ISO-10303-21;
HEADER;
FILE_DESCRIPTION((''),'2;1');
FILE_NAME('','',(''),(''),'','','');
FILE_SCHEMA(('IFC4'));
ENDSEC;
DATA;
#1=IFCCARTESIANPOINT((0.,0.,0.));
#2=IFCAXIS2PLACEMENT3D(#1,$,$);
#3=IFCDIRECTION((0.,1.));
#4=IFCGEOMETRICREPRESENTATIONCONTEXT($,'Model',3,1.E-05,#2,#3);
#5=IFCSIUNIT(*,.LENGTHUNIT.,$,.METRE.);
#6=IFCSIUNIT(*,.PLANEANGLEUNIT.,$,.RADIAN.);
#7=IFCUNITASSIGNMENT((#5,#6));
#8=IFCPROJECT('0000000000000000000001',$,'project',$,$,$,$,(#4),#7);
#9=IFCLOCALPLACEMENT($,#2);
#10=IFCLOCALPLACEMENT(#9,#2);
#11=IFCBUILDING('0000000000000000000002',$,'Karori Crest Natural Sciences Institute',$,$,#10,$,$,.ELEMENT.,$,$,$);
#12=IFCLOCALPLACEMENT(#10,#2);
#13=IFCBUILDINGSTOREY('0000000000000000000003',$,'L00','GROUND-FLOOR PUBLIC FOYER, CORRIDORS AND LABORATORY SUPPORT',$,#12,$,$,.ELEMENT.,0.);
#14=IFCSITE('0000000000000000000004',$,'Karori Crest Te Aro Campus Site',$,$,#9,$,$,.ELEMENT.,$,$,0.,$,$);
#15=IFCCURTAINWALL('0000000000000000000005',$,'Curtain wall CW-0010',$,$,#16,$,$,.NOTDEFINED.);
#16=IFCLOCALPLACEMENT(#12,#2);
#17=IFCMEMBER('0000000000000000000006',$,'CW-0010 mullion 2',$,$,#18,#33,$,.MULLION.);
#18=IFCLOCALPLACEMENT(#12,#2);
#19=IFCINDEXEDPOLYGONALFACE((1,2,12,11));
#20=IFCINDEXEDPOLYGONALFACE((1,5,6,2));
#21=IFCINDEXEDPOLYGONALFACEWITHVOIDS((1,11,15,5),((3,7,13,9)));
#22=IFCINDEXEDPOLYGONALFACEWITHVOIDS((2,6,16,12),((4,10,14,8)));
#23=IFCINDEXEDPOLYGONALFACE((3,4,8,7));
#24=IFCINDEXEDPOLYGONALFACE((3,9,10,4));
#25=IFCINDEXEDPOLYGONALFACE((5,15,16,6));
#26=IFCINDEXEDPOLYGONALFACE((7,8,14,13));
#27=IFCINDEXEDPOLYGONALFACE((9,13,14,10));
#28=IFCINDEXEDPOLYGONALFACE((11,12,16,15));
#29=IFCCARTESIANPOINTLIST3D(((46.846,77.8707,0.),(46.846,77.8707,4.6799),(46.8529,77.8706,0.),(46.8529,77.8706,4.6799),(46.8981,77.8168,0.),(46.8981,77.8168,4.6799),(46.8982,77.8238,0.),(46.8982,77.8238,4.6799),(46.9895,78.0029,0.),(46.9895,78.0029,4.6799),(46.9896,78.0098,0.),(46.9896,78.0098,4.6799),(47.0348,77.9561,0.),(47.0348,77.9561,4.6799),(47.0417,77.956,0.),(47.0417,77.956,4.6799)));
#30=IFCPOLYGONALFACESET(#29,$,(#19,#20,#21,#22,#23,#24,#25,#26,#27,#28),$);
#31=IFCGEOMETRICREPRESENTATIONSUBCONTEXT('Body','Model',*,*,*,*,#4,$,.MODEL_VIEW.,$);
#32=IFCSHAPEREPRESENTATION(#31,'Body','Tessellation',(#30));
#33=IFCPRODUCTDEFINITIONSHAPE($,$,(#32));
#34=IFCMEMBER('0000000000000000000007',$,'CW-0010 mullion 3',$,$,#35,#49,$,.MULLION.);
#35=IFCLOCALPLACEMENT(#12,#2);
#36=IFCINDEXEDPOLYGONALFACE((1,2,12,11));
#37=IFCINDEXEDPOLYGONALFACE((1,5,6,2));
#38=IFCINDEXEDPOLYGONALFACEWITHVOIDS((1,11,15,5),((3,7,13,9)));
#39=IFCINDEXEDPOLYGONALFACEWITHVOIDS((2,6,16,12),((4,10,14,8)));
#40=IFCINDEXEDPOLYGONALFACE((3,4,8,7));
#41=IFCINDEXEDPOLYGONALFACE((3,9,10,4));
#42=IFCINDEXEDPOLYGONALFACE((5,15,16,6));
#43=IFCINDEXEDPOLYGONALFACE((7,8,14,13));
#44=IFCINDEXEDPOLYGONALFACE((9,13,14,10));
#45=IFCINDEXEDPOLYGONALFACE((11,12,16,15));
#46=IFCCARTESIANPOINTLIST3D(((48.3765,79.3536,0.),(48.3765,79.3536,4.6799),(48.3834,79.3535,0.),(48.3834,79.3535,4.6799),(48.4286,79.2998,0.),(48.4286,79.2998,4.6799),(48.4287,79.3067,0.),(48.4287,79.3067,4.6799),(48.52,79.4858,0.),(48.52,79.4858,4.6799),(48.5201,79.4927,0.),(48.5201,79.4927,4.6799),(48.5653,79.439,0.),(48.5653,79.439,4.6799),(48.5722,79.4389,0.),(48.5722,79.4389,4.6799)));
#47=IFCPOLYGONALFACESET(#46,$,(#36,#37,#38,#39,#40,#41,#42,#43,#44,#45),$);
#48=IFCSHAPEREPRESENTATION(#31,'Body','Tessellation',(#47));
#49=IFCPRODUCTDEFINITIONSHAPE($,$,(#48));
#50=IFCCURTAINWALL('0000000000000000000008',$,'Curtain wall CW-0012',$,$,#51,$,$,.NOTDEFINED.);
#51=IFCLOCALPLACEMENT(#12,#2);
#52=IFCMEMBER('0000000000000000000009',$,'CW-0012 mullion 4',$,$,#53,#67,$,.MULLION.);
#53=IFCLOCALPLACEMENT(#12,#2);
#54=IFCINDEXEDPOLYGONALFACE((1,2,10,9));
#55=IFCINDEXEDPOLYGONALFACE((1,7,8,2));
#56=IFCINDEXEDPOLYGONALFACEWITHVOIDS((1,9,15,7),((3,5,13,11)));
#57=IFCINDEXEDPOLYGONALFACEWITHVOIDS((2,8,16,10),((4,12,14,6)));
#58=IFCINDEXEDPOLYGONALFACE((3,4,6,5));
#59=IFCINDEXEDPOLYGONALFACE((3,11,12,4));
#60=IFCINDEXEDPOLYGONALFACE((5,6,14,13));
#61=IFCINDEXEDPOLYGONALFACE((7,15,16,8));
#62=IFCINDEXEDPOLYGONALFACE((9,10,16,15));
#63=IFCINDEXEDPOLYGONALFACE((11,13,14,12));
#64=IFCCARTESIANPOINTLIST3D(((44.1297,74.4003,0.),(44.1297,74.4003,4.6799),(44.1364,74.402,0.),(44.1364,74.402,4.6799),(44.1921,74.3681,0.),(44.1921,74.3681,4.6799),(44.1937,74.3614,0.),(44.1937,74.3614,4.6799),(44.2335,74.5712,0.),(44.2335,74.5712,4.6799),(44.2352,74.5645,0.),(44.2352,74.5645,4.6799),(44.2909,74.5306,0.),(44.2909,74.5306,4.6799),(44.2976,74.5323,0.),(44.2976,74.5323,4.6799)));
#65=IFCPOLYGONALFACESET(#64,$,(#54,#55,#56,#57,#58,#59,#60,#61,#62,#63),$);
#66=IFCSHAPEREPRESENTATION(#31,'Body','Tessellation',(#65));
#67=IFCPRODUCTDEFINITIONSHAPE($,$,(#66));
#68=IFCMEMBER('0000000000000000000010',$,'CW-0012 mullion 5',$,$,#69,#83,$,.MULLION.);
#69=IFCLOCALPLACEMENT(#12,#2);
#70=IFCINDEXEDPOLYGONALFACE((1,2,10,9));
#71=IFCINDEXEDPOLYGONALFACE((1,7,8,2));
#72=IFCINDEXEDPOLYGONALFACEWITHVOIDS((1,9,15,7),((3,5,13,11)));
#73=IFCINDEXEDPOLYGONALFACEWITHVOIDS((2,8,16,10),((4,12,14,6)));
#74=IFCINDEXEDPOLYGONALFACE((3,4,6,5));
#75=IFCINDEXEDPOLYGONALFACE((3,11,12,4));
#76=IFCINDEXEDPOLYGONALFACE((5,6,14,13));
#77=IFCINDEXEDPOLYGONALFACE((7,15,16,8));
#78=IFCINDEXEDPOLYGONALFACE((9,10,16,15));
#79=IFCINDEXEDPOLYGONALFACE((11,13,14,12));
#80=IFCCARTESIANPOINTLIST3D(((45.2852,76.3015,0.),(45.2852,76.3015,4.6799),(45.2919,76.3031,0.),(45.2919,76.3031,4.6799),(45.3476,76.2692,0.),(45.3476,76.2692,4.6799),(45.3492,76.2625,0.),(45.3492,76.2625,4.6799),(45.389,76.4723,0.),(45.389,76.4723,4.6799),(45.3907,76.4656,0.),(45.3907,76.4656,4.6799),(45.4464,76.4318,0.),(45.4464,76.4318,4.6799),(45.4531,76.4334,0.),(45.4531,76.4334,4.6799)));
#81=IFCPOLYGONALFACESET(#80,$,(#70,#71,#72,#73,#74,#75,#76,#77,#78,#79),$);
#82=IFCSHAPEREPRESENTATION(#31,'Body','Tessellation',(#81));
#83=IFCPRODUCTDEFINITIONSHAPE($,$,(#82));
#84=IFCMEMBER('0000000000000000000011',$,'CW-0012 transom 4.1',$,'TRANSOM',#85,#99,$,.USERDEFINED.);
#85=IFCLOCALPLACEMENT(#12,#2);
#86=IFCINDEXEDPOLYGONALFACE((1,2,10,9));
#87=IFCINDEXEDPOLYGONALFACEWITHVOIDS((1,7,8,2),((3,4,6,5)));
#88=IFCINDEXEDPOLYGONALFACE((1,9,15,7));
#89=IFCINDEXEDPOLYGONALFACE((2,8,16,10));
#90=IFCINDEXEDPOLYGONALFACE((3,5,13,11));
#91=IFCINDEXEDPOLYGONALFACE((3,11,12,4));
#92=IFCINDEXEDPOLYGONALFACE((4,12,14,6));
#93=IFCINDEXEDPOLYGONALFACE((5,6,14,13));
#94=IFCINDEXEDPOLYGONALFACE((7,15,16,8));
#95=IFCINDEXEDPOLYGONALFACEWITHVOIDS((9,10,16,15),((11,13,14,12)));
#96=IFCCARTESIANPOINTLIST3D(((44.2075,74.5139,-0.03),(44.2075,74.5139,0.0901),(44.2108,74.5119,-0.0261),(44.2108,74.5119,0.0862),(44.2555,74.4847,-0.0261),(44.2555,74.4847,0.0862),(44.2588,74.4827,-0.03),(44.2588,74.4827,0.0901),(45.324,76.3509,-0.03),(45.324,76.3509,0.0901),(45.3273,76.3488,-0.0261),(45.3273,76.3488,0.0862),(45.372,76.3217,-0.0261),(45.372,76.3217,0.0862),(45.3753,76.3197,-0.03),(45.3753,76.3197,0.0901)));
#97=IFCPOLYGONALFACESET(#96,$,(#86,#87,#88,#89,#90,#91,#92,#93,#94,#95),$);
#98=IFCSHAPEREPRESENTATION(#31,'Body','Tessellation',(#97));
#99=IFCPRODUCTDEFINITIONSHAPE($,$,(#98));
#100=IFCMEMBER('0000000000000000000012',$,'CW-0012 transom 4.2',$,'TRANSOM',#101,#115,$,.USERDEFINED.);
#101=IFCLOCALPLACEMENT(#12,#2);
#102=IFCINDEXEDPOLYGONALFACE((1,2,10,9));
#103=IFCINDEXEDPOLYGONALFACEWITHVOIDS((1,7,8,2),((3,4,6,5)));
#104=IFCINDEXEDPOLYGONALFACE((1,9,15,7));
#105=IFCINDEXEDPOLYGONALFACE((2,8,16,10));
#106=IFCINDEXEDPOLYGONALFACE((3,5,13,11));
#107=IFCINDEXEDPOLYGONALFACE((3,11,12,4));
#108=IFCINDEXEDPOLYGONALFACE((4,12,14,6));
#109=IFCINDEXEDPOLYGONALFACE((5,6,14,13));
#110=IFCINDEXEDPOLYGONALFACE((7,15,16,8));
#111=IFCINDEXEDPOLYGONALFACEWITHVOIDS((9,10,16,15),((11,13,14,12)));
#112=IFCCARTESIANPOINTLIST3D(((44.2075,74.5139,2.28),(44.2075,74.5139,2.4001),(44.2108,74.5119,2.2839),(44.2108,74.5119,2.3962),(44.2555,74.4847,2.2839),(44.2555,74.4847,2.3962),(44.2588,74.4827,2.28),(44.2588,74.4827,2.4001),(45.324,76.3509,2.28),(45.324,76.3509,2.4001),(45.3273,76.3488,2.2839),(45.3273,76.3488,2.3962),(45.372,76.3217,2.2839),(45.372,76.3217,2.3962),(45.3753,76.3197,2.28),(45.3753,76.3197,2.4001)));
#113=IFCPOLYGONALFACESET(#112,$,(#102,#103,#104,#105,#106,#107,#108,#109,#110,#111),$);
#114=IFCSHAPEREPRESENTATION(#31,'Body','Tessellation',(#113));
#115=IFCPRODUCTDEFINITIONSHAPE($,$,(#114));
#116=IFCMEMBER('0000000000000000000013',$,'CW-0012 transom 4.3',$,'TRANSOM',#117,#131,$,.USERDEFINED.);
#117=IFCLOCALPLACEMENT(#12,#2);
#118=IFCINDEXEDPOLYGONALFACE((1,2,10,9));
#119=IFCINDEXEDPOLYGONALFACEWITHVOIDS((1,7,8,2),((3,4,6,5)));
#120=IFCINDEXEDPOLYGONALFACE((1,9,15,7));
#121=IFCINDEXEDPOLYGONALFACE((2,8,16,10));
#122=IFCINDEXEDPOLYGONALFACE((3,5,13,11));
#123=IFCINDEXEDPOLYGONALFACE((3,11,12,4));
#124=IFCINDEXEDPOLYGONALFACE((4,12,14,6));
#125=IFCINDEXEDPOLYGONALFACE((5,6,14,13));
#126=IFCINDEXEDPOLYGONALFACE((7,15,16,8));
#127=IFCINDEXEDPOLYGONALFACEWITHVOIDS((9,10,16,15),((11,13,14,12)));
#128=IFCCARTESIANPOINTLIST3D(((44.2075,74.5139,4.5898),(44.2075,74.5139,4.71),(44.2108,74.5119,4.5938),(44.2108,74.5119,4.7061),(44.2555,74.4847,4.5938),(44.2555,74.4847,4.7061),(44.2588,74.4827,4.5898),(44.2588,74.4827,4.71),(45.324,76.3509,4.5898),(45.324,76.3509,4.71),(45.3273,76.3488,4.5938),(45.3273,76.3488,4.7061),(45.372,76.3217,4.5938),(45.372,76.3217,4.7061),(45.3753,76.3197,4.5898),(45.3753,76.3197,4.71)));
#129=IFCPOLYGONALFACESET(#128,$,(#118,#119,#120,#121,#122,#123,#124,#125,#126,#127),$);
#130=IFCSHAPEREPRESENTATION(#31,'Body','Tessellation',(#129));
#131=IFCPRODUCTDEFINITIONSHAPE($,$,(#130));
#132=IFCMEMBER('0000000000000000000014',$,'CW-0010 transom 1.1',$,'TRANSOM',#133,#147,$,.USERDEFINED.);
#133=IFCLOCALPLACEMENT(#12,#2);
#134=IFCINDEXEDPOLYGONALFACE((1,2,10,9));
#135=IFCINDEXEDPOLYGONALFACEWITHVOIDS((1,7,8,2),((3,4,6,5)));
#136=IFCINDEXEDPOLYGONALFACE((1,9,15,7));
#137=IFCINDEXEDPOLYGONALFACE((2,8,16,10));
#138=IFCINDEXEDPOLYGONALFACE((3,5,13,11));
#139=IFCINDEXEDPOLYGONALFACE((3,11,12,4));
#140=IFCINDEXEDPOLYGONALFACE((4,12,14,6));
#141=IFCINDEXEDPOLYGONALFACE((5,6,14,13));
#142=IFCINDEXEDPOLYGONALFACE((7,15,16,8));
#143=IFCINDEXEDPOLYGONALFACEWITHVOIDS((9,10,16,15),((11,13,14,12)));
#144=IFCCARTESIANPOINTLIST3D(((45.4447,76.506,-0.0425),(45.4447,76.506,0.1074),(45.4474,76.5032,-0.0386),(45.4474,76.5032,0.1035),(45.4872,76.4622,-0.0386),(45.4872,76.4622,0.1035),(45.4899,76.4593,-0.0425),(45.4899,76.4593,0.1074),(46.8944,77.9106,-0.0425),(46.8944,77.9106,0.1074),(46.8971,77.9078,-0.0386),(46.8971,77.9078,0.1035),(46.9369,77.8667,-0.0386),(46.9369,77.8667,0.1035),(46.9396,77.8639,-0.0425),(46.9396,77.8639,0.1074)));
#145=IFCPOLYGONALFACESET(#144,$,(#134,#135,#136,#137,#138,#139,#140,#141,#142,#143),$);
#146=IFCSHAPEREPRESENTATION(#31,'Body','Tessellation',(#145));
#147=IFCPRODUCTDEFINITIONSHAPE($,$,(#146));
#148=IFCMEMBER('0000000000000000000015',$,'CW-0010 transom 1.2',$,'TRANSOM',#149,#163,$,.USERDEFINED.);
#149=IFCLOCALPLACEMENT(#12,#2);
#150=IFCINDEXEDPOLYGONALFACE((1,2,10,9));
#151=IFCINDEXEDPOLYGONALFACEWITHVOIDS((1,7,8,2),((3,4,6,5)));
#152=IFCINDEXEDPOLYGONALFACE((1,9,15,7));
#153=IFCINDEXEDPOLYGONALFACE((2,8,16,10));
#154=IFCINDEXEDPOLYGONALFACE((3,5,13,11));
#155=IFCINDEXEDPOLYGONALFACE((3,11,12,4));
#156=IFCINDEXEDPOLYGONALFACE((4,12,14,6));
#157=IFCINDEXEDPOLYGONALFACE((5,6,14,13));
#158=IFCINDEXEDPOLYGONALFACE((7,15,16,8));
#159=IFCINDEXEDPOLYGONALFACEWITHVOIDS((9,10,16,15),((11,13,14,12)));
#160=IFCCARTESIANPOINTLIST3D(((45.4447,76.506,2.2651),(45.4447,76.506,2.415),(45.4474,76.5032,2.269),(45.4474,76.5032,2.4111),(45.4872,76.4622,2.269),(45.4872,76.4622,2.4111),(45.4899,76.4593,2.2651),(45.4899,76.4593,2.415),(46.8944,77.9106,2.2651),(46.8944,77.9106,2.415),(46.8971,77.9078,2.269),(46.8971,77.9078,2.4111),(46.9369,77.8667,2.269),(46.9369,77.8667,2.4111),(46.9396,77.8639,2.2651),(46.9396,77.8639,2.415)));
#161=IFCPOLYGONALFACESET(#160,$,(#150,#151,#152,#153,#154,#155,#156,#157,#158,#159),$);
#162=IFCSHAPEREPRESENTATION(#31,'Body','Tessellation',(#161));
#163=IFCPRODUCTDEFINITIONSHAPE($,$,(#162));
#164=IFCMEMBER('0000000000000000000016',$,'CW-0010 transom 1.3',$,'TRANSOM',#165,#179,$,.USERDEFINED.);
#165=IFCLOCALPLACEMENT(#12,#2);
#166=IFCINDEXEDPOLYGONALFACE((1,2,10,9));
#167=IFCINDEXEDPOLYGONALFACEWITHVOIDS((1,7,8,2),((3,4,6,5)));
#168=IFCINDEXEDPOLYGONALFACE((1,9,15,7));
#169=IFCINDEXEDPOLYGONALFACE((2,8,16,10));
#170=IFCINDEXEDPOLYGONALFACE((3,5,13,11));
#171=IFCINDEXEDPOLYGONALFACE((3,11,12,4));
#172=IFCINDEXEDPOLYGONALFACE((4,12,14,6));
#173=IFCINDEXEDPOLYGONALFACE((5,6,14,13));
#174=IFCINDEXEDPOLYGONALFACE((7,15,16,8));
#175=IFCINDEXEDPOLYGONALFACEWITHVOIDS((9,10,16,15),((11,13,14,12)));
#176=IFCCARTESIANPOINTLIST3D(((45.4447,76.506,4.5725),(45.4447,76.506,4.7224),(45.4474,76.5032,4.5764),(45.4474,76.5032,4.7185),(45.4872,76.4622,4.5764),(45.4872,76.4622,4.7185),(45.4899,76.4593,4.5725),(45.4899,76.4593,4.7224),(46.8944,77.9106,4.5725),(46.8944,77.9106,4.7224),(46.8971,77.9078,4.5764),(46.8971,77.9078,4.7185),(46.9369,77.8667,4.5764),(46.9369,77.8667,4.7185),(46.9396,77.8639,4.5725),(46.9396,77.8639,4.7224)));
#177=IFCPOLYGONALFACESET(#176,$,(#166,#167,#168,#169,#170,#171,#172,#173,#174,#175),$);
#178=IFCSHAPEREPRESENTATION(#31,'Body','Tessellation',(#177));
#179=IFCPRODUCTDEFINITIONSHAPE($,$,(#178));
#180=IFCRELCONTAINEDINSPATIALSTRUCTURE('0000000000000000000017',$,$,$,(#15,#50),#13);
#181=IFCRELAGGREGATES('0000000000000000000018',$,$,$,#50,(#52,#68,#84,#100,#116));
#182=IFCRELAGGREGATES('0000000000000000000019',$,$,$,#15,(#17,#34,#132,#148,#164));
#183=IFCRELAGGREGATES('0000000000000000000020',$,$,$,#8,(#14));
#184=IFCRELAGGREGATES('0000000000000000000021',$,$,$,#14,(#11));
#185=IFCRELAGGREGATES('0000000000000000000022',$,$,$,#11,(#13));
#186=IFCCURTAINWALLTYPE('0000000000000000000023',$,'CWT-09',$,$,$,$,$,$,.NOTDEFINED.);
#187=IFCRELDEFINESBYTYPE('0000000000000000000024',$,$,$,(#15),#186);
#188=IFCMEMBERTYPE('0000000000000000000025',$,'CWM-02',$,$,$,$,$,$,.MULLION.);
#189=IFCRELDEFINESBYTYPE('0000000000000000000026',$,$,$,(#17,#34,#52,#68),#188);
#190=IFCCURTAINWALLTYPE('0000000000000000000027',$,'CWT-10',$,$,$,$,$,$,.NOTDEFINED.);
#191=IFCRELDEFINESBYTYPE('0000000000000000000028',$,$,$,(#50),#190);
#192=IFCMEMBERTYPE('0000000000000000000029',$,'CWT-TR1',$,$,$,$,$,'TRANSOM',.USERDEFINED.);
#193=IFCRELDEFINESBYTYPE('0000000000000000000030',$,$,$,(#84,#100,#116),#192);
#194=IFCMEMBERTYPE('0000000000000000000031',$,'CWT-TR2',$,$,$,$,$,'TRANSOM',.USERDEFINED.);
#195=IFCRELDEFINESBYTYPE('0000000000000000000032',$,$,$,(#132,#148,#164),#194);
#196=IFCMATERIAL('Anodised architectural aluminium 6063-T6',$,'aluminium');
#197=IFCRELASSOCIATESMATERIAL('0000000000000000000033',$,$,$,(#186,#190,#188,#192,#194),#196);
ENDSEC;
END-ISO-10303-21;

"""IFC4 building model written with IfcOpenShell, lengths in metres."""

from ifc_helpers import new_model, si_unit, direction, frame, origin, origin_2d, place, context, subcontext, project, spatial, hollow_rectangle, extrude, material, material_profile, profile_set, type_object, element, aggregate, save


model = new_model("IFC4")

# Units and contexts
model_context = context("Model", 3, precision=1e-05, world=origin(), true_north=direction((0.0, 1.0)))
body_context = subcontext(model_context, "Body", "Model", "MODEL_VIEW")
ifc_project = project(units=[si_unit("LENGTHUNIT", "METRE"), si_unit("PLANEANGLEUNIT", "RADIAN")], contexts=[model_context])

# Site, building, storey
site_placement = place(None, origin())
site = spatial("IfcSite", under=ifc_project, at=site_placement, Name="Karori Crest Te Aro Campus Site", CompositionType="ELEMENT", RefElevation=0.0)
building_placement = place(site_placement, origin())
building = spatial("IfcBuilding", under=site, at=building_placement, Name="Karori Crest Natural Sciences Institute", CompositionType="ELEMENT")
storey_placement = place(building_placement, origin())
storey = spatial("IfcBuildingStorey", under=building, at=storey_placement, Name="L00", Description="GROUND-FLOOR PUBLIC FOYER, CORRIDORS AND LABORATORY SUPPORT", CompositionType="ELEMENT", Elevation=0.0)

# Curtain walls, members
ifc_material_1 = material(Name="Anodised architectural aluminium 6063-T6", Category="aluminium")
curtain_wall_type_1 = type_object("IfcCurtainWallType", Name="CWT-09", PredefinedType="NOTDEFINED", material=ifc_material_1)
curtain_wall_1_placement = place(storey_placement, origin())
curtain_wall_1 = element("IfcCurtainWall", 1, at=curtain_wall_1_placement, inside=storey, type_object=curtain_wall_type_1, Name="Curtain wall CW-0010", PredefinedType="NOTDEFINED")
ifc_material_profile_1 = material_profile(ifc_material_1, hollow_rectangle(XDim=0.075, YDim=0.2, WallThickness=0.0049, at=origin_2d()), Name="CWM200x75x5")
ifc_profile_set_1 = profile_set([ifc_material_profile_1], Name="Anodised architectural aluminium 6063-T6")
member_type_1 = type_object("IfcMemberType", Name="CWM-02", PredefinedType="MULLION", material=ifc_profile_set_1)
member_1_placement = place(storey_placement, frame((46.9438, 77.9133, 0.0), z_axis=(0.0, 0.0, 1.0), x_axis=(-0.695839, 0.718198, 0.0)))
member_1 = element("IfcMember", 2, at=member_1_placement, type_object=member_type_1, Name="CW-0010 mullion 2", PredefinedType="MULLION", context=body_context, shape_type="SweptSolid", body=[
    extrude(hollow_rectangle(XDim=0.075, YDim=0.2, WallThickness=0.0049, at=origin_2d()), origin(), (0.0, 0.0, 1.0), 4.6799),
])
member_2_placement = place(storey_placement, frame((48.4744, 79.3962, 0.0), z_axis=(0.0, 0.0, 1.0), x_axis=(-0.695839, 0.718198, 0.0)))
member_2 = element("IfcMember", 3, at=member_2_placement, type_object=member_type_1, Name="CW-0010 mullion 3", PredefinedType="MULLION", context=body_context, shape_type="SweptSolid", body=[
    extrude(hollow_rectangle(XDim=0.075, YDim=0.2, WallThickness=0.0049, at=origin_2d()), origin(), (0.0, 0.0, 1.0), 4.6799),
])
curtain_wall_type_2 = type_object("IfcCurtainWallType", Name="CWT-10", PredefinedType="NOTDEFINED", material=ifc_material_1)
curtain_wall_2_placement = place(storey_placement, origin())
curtain_wall_2 = element("IfcCurtainWall", 4, at=curtain_wall_2_placement, inside=storey, type_object=curtain_wall_type_2, Name="Curtain wall CW-0012", PredefinedType="NOTDEFINED")
member_3_placement = place(storey_placement, frame((44.2136, 74.4663, 0.0), z_axis=(0.0, 0.0, 1.0), x_axis=(-0.854567, 0.519341, 0.0)))
member_3 = element("IfcMember", 5, at=member_3_placement, type_object=member_type_1, Name="CW-0012 mullion 4", PredefinedType="MULLION", context=body_context, shape_type="SweptSolid", body=[
    extrude(hollow_rectangle(XDim=0.075, YDim=0.2, WallThickness=0.0049, at=origin_2d()), origin(), (0.0, 0.0, 1.0), 4.6799),
])
member_4_placement = place(storey_placement, frame((45.3691, 76.3674, 0.0), z_axis=(0.0, 0.0, 1.0), x_axis=(-0.854567, 0.519341, 0.0)))
member_4 = element("IfcMember", 6, at=member_4_placement, type_object=member_type_1, Name="CW-0012 mullion 5", PredefinedType="MULLION", context=body_context, shape_type="SweptSolid", body=[
    extrude(hollow_rectangle(XDim=0.075, YDim=0.2, WallThickness=0.0049, at=origin_2d()), origin(), (0.0, 0.0, 1.0), 4.6799),
])
ifc_material_profile_2 = material_profile(ifc_material_1, hollow_rectangle(XDim=0.0601, YDim=0.1201, WallThickness=0.0039, at=origin_2d()), Name="CWT120x60x4")
ifc_profile_set_2 = profile_set([ifc_material_profile_2], Name="Anodised architectural aluminium 6063-T6")
member_type_2 = type_object("IfcMemberType", Name="CWT-TR1", ElementType="TRANSOM", PredefinedType="USERDEFINED", material=ifc_profile_set_2)
member_5_placement = place(storey_placement, frame((44.2332, 74.4983, 0.03), z_axis=(0.519381, 0.854543, 0.0), x_axis=(-0.854543, 0.519381, 0.0)))
member_5 = element("IfcMember", 7, at=member_5_placement, type_object=member_type_2, Name="CW-0012 transom 4.1", ObjectType="TRANSOM", PredefinedType="USERDEFINED", context=body_context, shape_type="SweptSolid", body=[
    extrude(hollow_rectangle(XDim=0.0601, YDim=0.1201, WallThickness=0.0039, at=origin_2d()), origin(), (0.0, 0.0, 1.0), 2.1497),
])
member_6_placement = place(storey_placement, frame((44.2332, 74.4983, 2.3401), z_axis=(0.519381, 0.854543, 0.0), x_axis=(-0.854543, 0.519381, 0.0)))
member_6 = element("IfcMember", 8, at=member_6_placement, type_object=member_type_2, Name="CW-0012 transom 4.2", ObjectType="TRANSOM", PredefinedType="USERDEFINED", context=body_context, shape_type="SweptSolid", body=[
    extrude(hollow_rectangle(XDim=0.0601, YDim=0.1201, WallThickness=0.0039, at=origin_2d()), origin(), (0.0, 0.0, 1.0), 2.1497),
])
member_7_placement = place(storey_placement, frame((44.2332, 74.4983, 4.6499), z_axis=(0.519381, 0.854543, 0.0), x_axis=(-0.854543, 0.519381, 0.0)))
member_7 = element("IfcMember", 9, at=member_7_placement, type_object=member_type_2, Name="CW-0012 transom 4.3", ObjectType="TRANSOM", PredefinedType="USERDEFINED", context=body_context, shape_type="SweptSolid", body=[
    extrude(hollow_rectangle(XDim=0.0601, YDim=0.1201, WallThickness=0.0039, at=origin_2d()), origin(), (0.0, 0.0, 1.0), 2.1497),
])

# Members
ifc_material_profile_3 = material_profile(ifc_material_1, hollow_rectangle(XDim=0.0649, YDim=0.1499, WallThickness=0.0039, at=origin_2d()), Name="CWT150x65x4")
ifc_profile_set_3 = profile_set([ifc_material_profile_3], Name="Anodised architectural aluminium 6063-T6")
member_type_3 = type_object("IfcMemberType", Name="CWT-TR2", ElementType="TRANSOM", PredefinedType="USERDEFINED", material=ifc_profile_set_3)
member_8_placement = place(storey_placement, frame((45.4673, 76.4827, 0.0325), z_axis=(0.718206, 0.69583, 0.0), x_axis=(-0.69583, 0.718206, 0.0)))
member_8 = element("IfcMember", 10, at=member_8_placement, type_object=member_type_3, Name="CW-0010 transom 1.1", ObjectType="TRANSOM", PredefinedType="USERDEFINED", context=body_context, shape_type="SweptSolid", body=[
    extrude(hollow_rectangle(XDim=0.0649, YDim=0.1499, WallThickness=0.0039, at=origin_2d()), origin(), (0.0, 0.0, 1.0), 2.0186),
])
member_9_placement = place(storey_placement, frame((45.4673, 76.4827, 2.3401), z_axis=(0.718206, 0.69583, 0.0), x_axis=(-0.69583, 0.718206, 0.0)))
member_9 = element("IfcMember", 11, at=member_9_placement, type_object=member_type_3, Name="CW-0010 transom 1.2", ObjectType="TRANSOM", PredefinedType="USERDEFINED", context=body_context, shape_type="SweptSolid", body=[
    extrude(hollow_rectangle(XDim=0.0649, YDim=0.1499, WallThickness=0.0039, at=origin_2d()), origin(), (0.0, 0.0, 1.0), 2.0186),
])
member_10_placement = place(storey_placement, frame((45.4673, 76.4827, 4.6475), z_axis=(0.718206, 0.69583, 0.0), x_axis=(-0.69583, 0.718206, 0.0)))
member_10 = element("IfcMember", 12, at=member_10_placement, type_object=member_type_3, Name="CW-0010 transom 1.3", ObjectType="TRANSOM", PredefinedType="USERDEFINED", context=body_context, shape_type="SweptSolid", body=[
    extrude(hollow_rectangle(XDim=0.0649, YDim=0.1499, WallThickness=0.0039, at=origin_2d()), origin(), (0.0, 0.0, 1.0), 2.0186),
])

aggregate(curtain_wall_2, [member_3, member_4, member_5, member_6, member_7])
aggregate(curtain_wall_1, [member_1, member_2, member_8, member_9, member_10])

save(model, "model.ifc")
